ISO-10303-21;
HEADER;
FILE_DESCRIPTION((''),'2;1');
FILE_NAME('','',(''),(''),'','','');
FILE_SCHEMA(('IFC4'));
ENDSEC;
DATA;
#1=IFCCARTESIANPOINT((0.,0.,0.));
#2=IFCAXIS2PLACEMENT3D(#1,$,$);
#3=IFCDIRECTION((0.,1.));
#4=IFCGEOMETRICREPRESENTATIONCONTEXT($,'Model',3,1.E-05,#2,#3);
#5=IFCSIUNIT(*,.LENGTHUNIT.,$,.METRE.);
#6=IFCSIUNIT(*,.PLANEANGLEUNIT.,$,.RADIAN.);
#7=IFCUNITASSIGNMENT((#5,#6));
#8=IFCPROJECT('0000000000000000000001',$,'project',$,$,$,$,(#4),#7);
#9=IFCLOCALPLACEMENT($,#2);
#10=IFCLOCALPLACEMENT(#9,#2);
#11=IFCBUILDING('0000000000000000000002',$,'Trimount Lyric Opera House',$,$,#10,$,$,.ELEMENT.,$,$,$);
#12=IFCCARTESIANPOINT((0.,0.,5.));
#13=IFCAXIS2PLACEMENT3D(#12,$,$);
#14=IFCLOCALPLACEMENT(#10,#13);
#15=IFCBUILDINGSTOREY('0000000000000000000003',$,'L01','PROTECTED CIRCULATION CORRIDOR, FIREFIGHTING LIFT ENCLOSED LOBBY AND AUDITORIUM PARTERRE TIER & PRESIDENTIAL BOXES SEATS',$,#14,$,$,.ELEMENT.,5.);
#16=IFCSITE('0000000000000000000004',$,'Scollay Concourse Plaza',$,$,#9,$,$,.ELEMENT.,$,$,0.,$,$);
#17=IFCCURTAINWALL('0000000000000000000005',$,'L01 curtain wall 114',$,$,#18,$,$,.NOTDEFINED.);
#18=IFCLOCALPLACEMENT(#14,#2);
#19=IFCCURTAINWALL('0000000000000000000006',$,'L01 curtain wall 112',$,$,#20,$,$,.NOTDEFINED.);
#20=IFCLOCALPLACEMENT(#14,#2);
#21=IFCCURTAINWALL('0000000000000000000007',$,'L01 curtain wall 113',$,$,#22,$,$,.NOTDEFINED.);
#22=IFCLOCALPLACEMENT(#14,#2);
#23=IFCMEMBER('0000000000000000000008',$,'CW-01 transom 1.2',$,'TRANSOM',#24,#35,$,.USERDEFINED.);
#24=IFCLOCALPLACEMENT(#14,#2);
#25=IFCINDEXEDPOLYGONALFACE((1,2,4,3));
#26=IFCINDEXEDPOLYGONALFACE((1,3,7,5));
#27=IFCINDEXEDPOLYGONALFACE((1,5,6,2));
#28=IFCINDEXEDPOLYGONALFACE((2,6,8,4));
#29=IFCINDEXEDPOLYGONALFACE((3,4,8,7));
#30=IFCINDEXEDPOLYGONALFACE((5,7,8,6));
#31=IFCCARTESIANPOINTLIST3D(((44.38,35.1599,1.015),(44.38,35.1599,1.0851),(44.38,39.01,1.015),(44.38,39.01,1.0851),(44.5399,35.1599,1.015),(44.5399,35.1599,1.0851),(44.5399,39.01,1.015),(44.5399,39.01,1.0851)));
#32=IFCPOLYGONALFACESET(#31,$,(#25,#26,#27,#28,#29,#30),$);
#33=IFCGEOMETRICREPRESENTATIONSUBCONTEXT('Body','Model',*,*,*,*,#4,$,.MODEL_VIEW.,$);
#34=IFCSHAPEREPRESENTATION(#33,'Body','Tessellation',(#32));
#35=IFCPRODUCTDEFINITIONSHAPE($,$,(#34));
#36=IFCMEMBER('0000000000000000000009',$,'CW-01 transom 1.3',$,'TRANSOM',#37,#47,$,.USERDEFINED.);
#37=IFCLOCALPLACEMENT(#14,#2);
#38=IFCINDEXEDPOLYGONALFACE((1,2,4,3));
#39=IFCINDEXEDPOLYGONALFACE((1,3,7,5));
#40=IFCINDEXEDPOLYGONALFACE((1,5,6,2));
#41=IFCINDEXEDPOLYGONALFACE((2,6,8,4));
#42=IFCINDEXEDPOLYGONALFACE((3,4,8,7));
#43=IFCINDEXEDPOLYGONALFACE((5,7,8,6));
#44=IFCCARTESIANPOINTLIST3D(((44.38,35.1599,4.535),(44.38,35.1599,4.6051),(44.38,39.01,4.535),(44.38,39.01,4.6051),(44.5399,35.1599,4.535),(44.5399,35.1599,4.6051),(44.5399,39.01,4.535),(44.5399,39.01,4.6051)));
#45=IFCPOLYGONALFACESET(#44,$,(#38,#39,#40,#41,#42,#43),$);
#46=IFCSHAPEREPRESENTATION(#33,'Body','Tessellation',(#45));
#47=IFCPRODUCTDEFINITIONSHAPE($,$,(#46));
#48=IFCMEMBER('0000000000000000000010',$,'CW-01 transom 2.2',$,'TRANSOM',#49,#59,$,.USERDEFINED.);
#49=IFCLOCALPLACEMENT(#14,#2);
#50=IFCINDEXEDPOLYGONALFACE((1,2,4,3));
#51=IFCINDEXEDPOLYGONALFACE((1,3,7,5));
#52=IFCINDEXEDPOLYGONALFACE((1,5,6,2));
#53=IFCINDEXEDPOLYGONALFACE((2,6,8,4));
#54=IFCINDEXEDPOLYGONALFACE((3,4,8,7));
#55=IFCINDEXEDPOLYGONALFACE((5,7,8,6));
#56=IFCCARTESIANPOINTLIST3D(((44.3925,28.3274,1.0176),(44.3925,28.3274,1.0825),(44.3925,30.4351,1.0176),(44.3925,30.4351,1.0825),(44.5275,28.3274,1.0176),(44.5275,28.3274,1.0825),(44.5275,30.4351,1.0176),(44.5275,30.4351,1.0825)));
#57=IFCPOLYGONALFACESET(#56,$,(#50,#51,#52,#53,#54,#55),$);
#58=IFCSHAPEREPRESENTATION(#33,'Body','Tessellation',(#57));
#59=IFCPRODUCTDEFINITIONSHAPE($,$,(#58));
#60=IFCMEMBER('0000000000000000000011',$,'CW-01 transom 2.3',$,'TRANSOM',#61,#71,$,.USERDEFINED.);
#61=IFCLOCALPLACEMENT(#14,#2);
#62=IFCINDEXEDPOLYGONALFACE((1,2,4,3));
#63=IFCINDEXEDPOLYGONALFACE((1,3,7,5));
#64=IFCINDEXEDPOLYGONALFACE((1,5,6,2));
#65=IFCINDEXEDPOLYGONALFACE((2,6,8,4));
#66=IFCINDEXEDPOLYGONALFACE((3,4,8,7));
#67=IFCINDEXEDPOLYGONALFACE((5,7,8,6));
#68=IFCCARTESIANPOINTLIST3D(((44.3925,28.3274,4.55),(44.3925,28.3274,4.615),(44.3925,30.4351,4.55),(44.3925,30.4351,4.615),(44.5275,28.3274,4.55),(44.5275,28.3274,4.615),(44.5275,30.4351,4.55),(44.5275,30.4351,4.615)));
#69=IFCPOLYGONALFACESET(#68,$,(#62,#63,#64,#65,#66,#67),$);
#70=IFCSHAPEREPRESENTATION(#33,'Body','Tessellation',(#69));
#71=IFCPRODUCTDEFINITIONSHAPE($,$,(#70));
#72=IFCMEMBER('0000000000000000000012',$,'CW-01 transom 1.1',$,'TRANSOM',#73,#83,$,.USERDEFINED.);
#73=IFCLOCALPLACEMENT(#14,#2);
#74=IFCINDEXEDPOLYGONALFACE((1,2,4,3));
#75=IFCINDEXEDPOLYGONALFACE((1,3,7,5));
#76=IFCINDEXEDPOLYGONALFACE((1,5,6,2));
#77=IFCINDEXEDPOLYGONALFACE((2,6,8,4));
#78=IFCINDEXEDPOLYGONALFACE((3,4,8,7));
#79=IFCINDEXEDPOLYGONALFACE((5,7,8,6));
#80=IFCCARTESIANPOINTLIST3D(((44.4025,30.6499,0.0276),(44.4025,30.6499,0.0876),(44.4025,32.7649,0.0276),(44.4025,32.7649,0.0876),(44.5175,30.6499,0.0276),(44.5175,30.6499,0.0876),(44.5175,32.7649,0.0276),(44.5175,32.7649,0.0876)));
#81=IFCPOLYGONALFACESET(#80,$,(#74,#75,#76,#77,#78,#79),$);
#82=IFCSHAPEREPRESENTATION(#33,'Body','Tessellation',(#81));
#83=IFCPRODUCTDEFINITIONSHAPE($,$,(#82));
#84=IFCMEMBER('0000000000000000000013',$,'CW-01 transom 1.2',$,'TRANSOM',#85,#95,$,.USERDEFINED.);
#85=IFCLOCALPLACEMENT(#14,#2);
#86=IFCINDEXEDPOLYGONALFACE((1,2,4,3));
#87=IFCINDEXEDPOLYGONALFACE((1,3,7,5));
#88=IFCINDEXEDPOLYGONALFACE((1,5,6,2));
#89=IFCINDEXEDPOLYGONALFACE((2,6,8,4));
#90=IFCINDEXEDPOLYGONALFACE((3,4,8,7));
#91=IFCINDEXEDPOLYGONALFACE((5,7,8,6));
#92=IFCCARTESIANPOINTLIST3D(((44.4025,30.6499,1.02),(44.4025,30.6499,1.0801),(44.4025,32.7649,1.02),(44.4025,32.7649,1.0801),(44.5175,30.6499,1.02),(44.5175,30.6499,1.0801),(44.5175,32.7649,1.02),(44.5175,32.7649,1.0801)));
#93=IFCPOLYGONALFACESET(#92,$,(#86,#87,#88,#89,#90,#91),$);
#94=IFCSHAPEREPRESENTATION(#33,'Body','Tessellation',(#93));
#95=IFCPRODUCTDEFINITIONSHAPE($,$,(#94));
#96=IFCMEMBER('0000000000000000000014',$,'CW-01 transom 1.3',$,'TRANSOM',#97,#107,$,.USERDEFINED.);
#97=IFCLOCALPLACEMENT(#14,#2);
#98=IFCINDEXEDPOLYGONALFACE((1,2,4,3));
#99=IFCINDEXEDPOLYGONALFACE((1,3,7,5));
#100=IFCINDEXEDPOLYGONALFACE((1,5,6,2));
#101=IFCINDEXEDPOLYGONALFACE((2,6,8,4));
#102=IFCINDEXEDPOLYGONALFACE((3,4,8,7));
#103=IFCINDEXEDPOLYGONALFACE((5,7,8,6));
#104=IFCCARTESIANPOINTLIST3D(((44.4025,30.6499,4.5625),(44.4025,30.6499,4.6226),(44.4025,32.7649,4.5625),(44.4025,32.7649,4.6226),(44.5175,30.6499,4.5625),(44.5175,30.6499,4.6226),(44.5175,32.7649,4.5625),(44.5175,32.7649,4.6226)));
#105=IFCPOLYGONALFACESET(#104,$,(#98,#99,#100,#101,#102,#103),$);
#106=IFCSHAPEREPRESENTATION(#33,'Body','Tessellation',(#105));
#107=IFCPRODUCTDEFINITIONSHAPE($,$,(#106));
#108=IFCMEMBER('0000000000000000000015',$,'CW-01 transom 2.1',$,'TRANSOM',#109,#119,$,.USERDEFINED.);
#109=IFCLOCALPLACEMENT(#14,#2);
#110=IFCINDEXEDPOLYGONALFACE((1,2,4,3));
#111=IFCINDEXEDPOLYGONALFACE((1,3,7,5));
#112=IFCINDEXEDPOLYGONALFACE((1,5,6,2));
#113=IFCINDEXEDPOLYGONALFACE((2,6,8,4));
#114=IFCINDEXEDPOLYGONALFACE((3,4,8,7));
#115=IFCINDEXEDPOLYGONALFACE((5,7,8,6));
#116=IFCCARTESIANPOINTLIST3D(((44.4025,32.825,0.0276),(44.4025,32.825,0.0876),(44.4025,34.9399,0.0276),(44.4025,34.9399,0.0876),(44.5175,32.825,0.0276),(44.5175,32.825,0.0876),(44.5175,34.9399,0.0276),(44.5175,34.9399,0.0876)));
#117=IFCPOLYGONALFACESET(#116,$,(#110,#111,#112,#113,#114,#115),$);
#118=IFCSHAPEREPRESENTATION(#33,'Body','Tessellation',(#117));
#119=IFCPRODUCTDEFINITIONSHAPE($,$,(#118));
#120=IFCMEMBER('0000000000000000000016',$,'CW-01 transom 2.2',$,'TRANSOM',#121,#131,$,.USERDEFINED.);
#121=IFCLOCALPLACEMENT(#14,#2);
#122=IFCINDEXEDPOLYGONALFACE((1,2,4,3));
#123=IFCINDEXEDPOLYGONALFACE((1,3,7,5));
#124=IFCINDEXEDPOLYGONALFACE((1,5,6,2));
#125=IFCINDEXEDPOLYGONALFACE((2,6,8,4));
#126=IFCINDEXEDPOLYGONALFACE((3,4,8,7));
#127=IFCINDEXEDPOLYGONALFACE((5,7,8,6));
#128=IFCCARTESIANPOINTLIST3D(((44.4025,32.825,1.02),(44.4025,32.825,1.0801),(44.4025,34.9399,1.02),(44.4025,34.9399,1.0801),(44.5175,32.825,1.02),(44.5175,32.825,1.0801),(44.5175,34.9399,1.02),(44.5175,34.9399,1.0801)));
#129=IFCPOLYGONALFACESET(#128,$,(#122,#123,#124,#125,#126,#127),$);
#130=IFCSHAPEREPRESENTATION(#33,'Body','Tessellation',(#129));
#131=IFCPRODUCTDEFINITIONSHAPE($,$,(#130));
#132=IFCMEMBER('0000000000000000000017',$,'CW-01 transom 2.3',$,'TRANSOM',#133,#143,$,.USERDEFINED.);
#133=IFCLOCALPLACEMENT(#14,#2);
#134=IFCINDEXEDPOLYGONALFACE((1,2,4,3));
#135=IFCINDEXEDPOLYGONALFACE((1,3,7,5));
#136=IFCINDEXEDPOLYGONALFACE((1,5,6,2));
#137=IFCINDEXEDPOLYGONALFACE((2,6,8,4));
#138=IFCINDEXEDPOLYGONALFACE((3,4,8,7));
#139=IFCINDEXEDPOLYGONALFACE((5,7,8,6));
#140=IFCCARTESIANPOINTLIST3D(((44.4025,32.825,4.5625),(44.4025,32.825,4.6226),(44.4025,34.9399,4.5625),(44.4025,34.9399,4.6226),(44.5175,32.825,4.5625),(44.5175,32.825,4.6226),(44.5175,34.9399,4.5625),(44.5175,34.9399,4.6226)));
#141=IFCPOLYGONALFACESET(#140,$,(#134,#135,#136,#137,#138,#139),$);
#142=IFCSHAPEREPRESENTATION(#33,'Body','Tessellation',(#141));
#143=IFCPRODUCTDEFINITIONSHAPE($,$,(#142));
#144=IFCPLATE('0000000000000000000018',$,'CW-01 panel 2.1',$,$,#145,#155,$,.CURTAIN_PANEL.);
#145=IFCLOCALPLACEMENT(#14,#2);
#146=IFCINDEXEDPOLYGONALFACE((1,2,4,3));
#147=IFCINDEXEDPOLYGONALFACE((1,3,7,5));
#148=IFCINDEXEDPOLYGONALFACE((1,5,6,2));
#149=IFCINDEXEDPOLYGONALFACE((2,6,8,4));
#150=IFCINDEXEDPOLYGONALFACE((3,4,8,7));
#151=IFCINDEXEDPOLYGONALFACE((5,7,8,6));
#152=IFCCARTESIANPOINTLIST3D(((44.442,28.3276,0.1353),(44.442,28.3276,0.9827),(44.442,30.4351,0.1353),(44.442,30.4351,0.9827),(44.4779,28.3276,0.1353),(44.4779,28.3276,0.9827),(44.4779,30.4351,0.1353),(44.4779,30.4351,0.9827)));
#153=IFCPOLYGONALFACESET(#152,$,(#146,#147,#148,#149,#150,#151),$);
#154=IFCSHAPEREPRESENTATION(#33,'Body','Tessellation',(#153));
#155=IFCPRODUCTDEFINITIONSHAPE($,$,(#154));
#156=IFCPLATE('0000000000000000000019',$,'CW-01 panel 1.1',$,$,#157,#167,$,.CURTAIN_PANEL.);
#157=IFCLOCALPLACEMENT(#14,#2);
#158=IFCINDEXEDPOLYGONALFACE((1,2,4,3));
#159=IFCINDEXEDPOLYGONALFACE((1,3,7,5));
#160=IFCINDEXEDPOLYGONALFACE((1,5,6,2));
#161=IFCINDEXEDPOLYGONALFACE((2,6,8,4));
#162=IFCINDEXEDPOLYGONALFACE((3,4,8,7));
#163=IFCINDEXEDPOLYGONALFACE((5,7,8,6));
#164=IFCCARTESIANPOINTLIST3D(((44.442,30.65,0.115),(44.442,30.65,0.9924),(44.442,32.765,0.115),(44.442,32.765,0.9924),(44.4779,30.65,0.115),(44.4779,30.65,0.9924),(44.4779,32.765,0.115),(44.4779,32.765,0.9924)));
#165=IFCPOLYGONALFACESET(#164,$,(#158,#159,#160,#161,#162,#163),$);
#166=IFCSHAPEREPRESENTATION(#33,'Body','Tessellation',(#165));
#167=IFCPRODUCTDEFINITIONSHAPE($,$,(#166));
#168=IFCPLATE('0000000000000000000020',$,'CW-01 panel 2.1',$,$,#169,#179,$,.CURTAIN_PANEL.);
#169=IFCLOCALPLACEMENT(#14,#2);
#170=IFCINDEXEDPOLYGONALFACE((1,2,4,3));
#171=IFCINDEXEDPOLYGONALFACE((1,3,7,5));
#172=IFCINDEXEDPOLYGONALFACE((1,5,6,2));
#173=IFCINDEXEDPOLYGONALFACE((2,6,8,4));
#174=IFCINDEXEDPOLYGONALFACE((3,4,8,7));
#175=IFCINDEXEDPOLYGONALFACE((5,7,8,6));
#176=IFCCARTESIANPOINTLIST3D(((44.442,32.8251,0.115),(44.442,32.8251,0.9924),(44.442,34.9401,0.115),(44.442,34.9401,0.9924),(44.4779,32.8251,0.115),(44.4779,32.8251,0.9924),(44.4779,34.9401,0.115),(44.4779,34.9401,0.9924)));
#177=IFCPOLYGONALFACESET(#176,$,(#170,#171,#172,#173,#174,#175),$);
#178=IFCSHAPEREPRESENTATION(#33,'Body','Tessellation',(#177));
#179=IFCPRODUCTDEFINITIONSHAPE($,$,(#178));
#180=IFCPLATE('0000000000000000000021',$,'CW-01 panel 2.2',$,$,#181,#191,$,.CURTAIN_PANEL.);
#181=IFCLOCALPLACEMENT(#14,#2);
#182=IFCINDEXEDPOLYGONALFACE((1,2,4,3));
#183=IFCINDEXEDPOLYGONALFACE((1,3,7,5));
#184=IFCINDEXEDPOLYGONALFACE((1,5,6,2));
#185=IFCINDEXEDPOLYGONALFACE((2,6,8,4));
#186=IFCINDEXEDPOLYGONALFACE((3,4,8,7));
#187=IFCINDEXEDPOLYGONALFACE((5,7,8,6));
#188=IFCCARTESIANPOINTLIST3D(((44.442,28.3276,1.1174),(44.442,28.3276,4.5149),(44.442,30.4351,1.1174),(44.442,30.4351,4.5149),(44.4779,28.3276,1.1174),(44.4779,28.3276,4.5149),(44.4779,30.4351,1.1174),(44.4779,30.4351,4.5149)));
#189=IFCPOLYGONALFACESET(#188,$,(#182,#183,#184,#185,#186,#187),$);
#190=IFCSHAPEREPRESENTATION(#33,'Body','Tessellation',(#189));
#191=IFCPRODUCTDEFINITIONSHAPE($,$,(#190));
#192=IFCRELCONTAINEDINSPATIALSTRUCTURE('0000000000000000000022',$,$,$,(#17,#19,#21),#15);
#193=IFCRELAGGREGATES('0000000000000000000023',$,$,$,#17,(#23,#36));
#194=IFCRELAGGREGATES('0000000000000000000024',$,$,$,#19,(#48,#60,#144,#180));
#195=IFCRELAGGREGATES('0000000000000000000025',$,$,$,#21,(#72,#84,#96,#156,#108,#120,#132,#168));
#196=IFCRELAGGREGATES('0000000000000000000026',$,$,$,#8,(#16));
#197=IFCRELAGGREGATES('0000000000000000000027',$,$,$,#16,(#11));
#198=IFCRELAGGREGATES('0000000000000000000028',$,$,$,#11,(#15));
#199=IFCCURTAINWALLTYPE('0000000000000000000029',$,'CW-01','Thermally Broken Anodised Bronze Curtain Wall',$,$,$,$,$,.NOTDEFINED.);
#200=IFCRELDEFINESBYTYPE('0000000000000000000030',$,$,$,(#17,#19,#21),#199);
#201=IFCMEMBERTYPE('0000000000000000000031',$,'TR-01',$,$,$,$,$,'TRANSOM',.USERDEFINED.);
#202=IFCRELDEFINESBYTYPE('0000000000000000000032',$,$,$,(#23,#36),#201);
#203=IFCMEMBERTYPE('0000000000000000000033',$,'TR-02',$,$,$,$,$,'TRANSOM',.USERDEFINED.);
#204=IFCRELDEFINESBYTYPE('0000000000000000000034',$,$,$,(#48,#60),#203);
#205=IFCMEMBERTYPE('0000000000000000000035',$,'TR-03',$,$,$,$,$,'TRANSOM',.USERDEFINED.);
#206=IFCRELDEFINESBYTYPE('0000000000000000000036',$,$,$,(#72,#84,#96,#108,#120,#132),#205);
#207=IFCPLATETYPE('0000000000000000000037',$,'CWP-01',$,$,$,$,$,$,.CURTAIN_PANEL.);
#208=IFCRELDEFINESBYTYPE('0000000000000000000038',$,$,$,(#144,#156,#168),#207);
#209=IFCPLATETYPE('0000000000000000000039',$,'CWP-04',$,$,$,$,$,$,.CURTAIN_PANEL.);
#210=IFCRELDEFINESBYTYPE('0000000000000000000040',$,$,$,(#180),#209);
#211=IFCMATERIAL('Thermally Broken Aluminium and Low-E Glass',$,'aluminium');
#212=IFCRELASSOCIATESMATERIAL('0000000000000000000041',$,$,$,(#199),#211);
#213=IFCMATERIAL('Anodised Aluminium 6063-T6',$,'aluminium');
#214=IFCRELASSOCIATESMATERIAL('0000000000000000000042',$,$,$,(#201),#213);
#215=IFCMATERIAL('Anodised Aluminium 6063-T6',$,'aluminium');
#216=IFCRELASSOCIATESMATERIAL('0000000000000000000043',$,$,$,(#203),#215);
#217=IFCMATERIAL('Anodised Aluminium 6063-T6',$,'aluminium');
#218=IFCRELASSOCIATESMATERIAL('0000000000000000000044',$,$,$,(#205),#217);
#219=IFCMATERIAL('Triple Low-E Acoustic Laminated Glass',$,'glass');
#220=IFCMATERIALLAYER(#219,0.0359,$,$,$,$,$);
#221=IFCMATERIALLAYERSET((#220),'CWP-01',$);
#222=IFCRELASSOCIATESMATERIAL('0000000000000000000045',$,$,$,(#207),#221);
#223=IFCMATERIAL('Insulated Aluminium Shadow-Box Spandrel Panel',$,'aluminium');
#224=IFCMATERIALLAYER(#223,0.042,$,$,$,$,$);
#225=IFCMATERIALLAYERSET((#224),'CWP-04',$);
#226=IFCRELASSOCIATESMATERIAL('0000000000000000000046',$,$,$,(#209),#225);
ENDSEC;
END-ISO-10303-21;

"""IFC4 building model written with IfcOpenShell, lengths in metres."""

from ifc_helpers import new_model, si_unit, direction, frame, origin, origin_2d, place, context, subcontext, project, spatial, rectangle, extrude, material, layer, layer_set, material_profile, profile_set, type_object, element, aggregate, save


model = new_model("IFC4")

# Units and contexts
model_context = context("Model", 3, precision=1e-05, world=origin(), true_north=direction((0.0, 1.0)))
body_context = subcontext(model_context, "Body", "Model", "MODEL_VIEW")
ifc_project = project(units=[si_unit("LENGTHUNIT", "METRE"), si_unit("PLANEANGLEUNIT", "RADIAN")], contexts=[model_context])

# Site, building, storey
site_placement = place(None, origin())
site = spatial("IfcSite", under=ifc_project, at=site_placement, Name="Scollay Concourse Plaza", CompositionType="ELEMENT", RefElevation=0.0)
building_placement = place(site_placement, origin())
building = spatial("IfcBuilding", under=site, at=building_placement, Name="Trimount Lyric Opera House", CompositionType="ELEMENT")
storey_placement = place(building_placement, frame((0.0, 0.0, 5.0)))
storey = spatial("IfcBuildingStorey", under=building, at=storey_placement, Name="L01", Description="PROTECTED CIRCULATION CORRIDOR, FIREFIGHTING LIFT ENCLOSED LOBBY AND AUDITORIUM PARTERRE TIER & PRESIDENTIAL BOXES SEATS", CompositionType="ELEMENT", Elevation=5.0)

# Curtain walls
ifc_material_1 = material(Name="Thermally Broken Aluminium and Low-E Glass", Category="aluminium")
curtain_wall_type = type_object("IfcCurtainWallType", Name="CW-01", Description="Thermally Broken Anodised Bronze Curtain Wall", PredefinedType="NOTDEFINED", material=ifc_material_1)
curtain_wall_1_placement = place(storey_placement, origin())
curtain_wall_1 = element("IfcCurtainWall", 1, at=curtain_wall_1_placement, inside=storey, type_object=curtain_wall_type, Name="L01 curtain wall 114", PredefinedType="NOTDEFINED")
curtain_wall_2_placement = place(storey_placement, origin())
curtain_wall_2 = element("IfcCurtainWall", 2, at=curtain_wall_2_placement, inside=storey, type_object=curtain_wall_type, Name="L01 curtain wall 112", PredefinedType="NOTDEFINED")

# Curtain wall
curtain_wall_3_placement = place(storey_placement, origin())
curtain_wall_3 = element("IfcCurtainWall", 3, at=curtain_wall_3_placement, inside=storey, type_object=curtain_wall_type, Name="L01 curtain wall 113", PredefinedType="NOTDEFINED")

# Members
ifc_material_2 = material(Name="Anodised Aluminium 6063-T6", Category="aluminium")
ifc_material_profile_1 = material_profile(ifc_material_2, rectangle(XDim=0.1599, YDim=0.0701, at=origin_2d()), Name="ALU-TRAN-70X160")
ifc_profile_set_1 = profile_set([ifc_material_profile_1], Name="Anodised Aluminium 6063-T6")
member_type_1 = type_object("IfcMemberType", Name="TR-01", ElementType="TRANSOM", PredefinedType="USERDEFINED", material=ifc_profile_set_1)
member_1_placement = place(storey_placement, frame((44.46, 35.1599, 1.05), z_axis=(0.0, 1.0, 0.0), x_axis=(-1.0, 0.0, 0.0)))
member_1 = element("IfcMember", 4, at=member_1_placement, type_object=member_type_1, Name="CW-01 transom 1.2", ObjectType="TRANSOM", PredefinedType="USERDEFINED", context=body_context, shape_type="SweptSolid", body=[
    extrude(rectangle(XDim=0.1599, YDim=0.0701, at=origin_2d()), origin(), (0.0, 0.0, 1.0), 3.8501),
])
member_2_placement = place(storey_placement, frame((44.46, 35.1599, 4.5701), z_axis=(0.0, 1.0, 0.0), x_axis=(-1.0, 0.0, 0.0)))
member_2 = element("IfcMember", 5, at=member_2_placement, type_object=member_type_1, Name="CW-01 transom 1.3", ObjectType="TRANSOM", PredefinedType="USERDEFINED", context=body_context, shape_type="SweptSolid", body=[
    extrude(rectangle(XDim=0.1599, YDim=0.0701, at=origin_2d()), origin(), (0.0, 0.0, 1.0), 3.8501),
])
aggregate(curtain_wall_1, [member_1, member_2])
ifc_material_3 = material(Name="Anodised Aluminium 6063-T6", Category="aluminium")
ifc_material_profile_2 = material_profile(ifc_material_3, rectangle(XDim=0.135, YDim=0.0649, at=origin_2d()), Name="ALU-TRAN-65X135")
ifc_profile_set_2 = profile_set([ifc_material_profile_2], Name="Anodised Aluminium 6063-T6")
member_type_2 = type_object("IfcMemberType", Name="TR-02", ElementType="TRANSOM", PredefinedType="USERDEFINED", material=ifc_profile_set_2)
member_3_placement = place(storey_placement, frame((44.46, 28.3274, 1.05), z_axis=(0.0, 1.0, 0.0), x_axis=(-1.0, 0.0, 0.0)))
member_3 = element("IfcMember", 6, at=member_3_placement, type_object=member_type_2, Name="CW-01 transom 2.2", ObjectType="TRANSOM", PredefinedType="USERDEFINED", context=body_context, shape_type="SweptSolid", body=[
    extrude(rectangle(XDim=0.135, YDim=0.0649, at=origin_2d()), origin(), (0.0, 0.0, 1.0), 2.1077),
])
member_4_placement = place(storey_placement, frame((44.46, 28.3274, 4.5825), z_axis=(0.0, 1.0, 0.0), x_axis=(-1.0, 0.0, 0.0)))
member_4 = element("IfcMember", 7, at=member_4_placement, type_object=member_type_2, Name="CW-01 transom 2.3", ObjectType="TRANSOM", PredefinedType="USERDEFINED", context=body_context, shape_type="SweptSolid", body=[
    extrude(rectangle(XDim=0.135, YDim=0.0649, at=origin_2d()), origin(), (0.0, 0.0, 1.0), 2.1077),
])
ifc_material_4 = material(Name="Anodised Aluminium 6063-T6", Category="aluminium")
ifc_material_profile_3 = material_profile(ifc_material_4, rectangle(XDim=0.115, YDim=0.0601, at=origin_2d()), Name="ALU-TRAN-60X115")
ifc_profile_set_3 = profile_set([ifc_material_profile_3], Name="Anodised Aluminium 6063-T6")
member_type_3 = type_object("IfcMemberType", Name="TR-03", ElementType="TRANSOM", PredefinedType="USERDEFINED", material=ifc_profile_set_3)
member_5_placement = place(storey_placement, frame((44.46, 30.6499, 0.0576), z_axis=(0.0, 1.0, 0.0), x_axis=(-1.0, 0.0, 0.0)))
member_5 = element("IfcMember", 8, at=member_5_placement, type_object=member_type_3, Name="CW-01 transom 1.1", ObjectType="TRANSOM", PredefinedType="USERDEFINED", context=body_context, shape_type="SweptSolid", body=[
    extrude(rectangle(XDim=0.115, YDim=0.0601, at=origin_2d()), origin(), (0.0, 0.0, 1.0), 2.115),
])
member_6_placement = place(storey_placement, frame((44.46, 30.6499, 1.05), z_axis=(0.0, 1.0, 0.0), x_axis=(-1.0, 0.0, 0.0)))
member_6 = element("IfcMember", 9, at=member_6_placement, type_object=member_type_3, Name="CW-01 transom 1.2", ObjectType="TRANSOM", PredefinedType="USERDEFINED", context=body_context, shape_type="SweptSolid", body=[
    extrude(rectangle(XDim=0.115, YDim=0.0601, at=origin_2d()), origin(), (0.0, 0.0, 1.0), 2.115),
])
member_7_placement = place(storey_placement, frame((44.46, 30.6499, 4.5925), z_axis=(0.0, 1.0, 0.0), x_axis=(-1.0, 0.0, 0.0)))
member_7 = element("IfcMember", 10, at=member_7_placement, type_object=member_type_3, Name="CW-01 transom 1.3", ObjectType="TRANSOM", PredefinedType="USERDEFINED", context=body_context, shape_type="SweptSolid", body=[
    extrude(rectangle(XDim=0.115, YDim=0.0601, at=origin_2d()), origin(), (0.0, 0.0, 1.0), 2.115),
])
member_8_placement = place(storey_placement, frame((44.46, 32.825, 0.0576), z_axis=(0.0, 1.0, 0.0), x_axis=(-1.0, 0.0, 0.0)))
member_8 = element("IfcMember", 11, at=member_8_placement, type_object=member_type_3, Name="CW-01 transom 2.1", ObjectType="TRANSOM", PredefinedType="USERDEFINED", context=body_context, shape_type="SweptSolid", body=[
    extrude(rectangle(XDim=0.115, YDim=0.0601, at=origin_2d()), origin(), (0.0, 0.0, 1.0), 2.115),
])
member_9_placement = place(storey_placement, frame((44.46, 32.825, 1.05), z_axis=(0.0, 1.0, 0.0), x_axis=(-1.0, 0.0, 0.0)))
member_9 = element("IfcMember", 12, at=member_9_placement, type_object=member_type_3, Name="CW-01 transom 2.2", ObjectType="TRANSOM", PredefinedType="USERDEFINED", context=body_context, shape_type="SweptSolid", body=[
    extrude(rectangle(XDim=0.115, YDim=0.0601, at=origin_2d()), origin(), (0.0, 0.0, 1.0), 2.115),
])
member_10_placement = place(storey_placement, frame((44.46, 32.825, 4.5925), z_axis=(0.0, 1.0, 0.0), x_axis=(-1.0, 0.0, 0.0)))
member_10 = element("IfcMember", 13, at=member_10_placement, type_object=member_type_3, Name="CW-01 transom 2.3", ObjectType="TRANSOM", PredefinedType="USERDEFINED", context=body_context, shape_type="SweptSolid", body=[
    extrude(rectangle(XDim=0.115, YDim=0.0601, at=origin_2d()), origin(), (0.0, 0.0, 1.0), 2.115),
])

# Plates
ifc_material_5 = material(Name="Triple Low-E Acoustic Laminated Glass", Category="glass")
ifc_layer_1 = layer(ifc_material_5, 0.0359)
ifc_layer_set_1 = layer_set([ifc_layer_1], Name="CWP-01")
plate_type_1 = type_object("IfcPlateType", Name="CWP-01", PredefinedType="CURTAIN_PANEL", material=ifc_layer_set_1)
plate_1_placement = place(storey_placement, frame((44.46, 29.3813, 0.1353), z_axis=(0.0, 0.0, 1.0), x_axis=(0.0, 1.0, 0.0)))
plate_1 = element("IfcPlate", 14, at=plate_1_placement, type_object=plate_type_1, Name="CW-01 panel 2.1", PredefinedType="CURTAIN_PANEL", context=body_context, shape_type="SweptSolid", body=[
    extrude(rectangle(XDim=2.1074, YDim=0.0359, at=origin_2d()), origin(), (0.0, 0.0, 1.0), 0.8474),
])
plate_2_placement = place(storey_placement, frame((44.46, 31.7075, 0.115), z_axis=(0.0, 0.0, 1.0), x_axis=(0.0, 1.0, 0.0)))
plate_2 = element("IfcPlate", 15, at=plate_2_placement, type_object=plate_type_1, Name="CW-01 panel 1.1", PredefinedType="CURTAIN_PANEL", context=body_context, shape_type="SweptSolid", body=[
    extrude(rectangle(XDim=2.115, YDim=0.0359, at=origin_2d()), origin(), (0.0, 0.0, 1.0), 0.8774),
])
plate_3_placement = place(storey_placement, frame((44.46, 33.8826, 0.115), z_axis=(0.0, 0.0, 1.0), x_axis=(0.0, 1.0, 0.0)))
plate_3 = element("IfcPlate", 16, at=plate_3_placement, type_object=plate_type_1, Name="CW-01 panel 2.1", PredefinedType="CURTAIN_PANEL", context=body_context, shape_type="SweptSolid", body=[
    extrude(rectangle(XDim=2.115, YDim=0.0359, at=origin_2d()), origin(), (0.0, 0.0, 1.0), 0.8774),
])
ifc_material_6 = material(Name="Insulated Aluminium Shadow-Box Spandrel Panel", Category="aluminium")
ifc_layer_2 = layer(ifc_material_6, 0.042)
ifc_layer_set_2 = layer_set([ifc_layer_2], Name="CWP-04")
plate_type_2 = type_object("IfcPlateType", Name="CWP-04", PredefinedType="CURTAIN_PANEL", material=ifc_layer_set_2)
plate_4_placement = place(storey_placement, frame((44.46, 29.3813, 1.1174), z_axis=(0.0, 0.0, 1.0), x_axis=(0.0, 1.0, 0.0)))
plate_4 = element("IfcPlate", 17, at=plate_4_placement, type_object=plate_type_2, Name="CW-01 panel 2.2", PredefinedType="CURTAIN_PANEL", context=body_context, shape_type="SweptSolid", body=[
    extrude(rectangle(XDim=2.1074, YDim=0.0359, at=origin_2d()), origin(), (0.0, 0.0, 1.0), 3.3975),
])
aggregate(curtain_wall_2, [member_3, member_4, plate_1, plate_4])
aggregate(curtain_wall_3, [member_5, member_6, member_7, plate_2, member_8, member_9, member_10, plate_3])

save(model, "model.ifc")
